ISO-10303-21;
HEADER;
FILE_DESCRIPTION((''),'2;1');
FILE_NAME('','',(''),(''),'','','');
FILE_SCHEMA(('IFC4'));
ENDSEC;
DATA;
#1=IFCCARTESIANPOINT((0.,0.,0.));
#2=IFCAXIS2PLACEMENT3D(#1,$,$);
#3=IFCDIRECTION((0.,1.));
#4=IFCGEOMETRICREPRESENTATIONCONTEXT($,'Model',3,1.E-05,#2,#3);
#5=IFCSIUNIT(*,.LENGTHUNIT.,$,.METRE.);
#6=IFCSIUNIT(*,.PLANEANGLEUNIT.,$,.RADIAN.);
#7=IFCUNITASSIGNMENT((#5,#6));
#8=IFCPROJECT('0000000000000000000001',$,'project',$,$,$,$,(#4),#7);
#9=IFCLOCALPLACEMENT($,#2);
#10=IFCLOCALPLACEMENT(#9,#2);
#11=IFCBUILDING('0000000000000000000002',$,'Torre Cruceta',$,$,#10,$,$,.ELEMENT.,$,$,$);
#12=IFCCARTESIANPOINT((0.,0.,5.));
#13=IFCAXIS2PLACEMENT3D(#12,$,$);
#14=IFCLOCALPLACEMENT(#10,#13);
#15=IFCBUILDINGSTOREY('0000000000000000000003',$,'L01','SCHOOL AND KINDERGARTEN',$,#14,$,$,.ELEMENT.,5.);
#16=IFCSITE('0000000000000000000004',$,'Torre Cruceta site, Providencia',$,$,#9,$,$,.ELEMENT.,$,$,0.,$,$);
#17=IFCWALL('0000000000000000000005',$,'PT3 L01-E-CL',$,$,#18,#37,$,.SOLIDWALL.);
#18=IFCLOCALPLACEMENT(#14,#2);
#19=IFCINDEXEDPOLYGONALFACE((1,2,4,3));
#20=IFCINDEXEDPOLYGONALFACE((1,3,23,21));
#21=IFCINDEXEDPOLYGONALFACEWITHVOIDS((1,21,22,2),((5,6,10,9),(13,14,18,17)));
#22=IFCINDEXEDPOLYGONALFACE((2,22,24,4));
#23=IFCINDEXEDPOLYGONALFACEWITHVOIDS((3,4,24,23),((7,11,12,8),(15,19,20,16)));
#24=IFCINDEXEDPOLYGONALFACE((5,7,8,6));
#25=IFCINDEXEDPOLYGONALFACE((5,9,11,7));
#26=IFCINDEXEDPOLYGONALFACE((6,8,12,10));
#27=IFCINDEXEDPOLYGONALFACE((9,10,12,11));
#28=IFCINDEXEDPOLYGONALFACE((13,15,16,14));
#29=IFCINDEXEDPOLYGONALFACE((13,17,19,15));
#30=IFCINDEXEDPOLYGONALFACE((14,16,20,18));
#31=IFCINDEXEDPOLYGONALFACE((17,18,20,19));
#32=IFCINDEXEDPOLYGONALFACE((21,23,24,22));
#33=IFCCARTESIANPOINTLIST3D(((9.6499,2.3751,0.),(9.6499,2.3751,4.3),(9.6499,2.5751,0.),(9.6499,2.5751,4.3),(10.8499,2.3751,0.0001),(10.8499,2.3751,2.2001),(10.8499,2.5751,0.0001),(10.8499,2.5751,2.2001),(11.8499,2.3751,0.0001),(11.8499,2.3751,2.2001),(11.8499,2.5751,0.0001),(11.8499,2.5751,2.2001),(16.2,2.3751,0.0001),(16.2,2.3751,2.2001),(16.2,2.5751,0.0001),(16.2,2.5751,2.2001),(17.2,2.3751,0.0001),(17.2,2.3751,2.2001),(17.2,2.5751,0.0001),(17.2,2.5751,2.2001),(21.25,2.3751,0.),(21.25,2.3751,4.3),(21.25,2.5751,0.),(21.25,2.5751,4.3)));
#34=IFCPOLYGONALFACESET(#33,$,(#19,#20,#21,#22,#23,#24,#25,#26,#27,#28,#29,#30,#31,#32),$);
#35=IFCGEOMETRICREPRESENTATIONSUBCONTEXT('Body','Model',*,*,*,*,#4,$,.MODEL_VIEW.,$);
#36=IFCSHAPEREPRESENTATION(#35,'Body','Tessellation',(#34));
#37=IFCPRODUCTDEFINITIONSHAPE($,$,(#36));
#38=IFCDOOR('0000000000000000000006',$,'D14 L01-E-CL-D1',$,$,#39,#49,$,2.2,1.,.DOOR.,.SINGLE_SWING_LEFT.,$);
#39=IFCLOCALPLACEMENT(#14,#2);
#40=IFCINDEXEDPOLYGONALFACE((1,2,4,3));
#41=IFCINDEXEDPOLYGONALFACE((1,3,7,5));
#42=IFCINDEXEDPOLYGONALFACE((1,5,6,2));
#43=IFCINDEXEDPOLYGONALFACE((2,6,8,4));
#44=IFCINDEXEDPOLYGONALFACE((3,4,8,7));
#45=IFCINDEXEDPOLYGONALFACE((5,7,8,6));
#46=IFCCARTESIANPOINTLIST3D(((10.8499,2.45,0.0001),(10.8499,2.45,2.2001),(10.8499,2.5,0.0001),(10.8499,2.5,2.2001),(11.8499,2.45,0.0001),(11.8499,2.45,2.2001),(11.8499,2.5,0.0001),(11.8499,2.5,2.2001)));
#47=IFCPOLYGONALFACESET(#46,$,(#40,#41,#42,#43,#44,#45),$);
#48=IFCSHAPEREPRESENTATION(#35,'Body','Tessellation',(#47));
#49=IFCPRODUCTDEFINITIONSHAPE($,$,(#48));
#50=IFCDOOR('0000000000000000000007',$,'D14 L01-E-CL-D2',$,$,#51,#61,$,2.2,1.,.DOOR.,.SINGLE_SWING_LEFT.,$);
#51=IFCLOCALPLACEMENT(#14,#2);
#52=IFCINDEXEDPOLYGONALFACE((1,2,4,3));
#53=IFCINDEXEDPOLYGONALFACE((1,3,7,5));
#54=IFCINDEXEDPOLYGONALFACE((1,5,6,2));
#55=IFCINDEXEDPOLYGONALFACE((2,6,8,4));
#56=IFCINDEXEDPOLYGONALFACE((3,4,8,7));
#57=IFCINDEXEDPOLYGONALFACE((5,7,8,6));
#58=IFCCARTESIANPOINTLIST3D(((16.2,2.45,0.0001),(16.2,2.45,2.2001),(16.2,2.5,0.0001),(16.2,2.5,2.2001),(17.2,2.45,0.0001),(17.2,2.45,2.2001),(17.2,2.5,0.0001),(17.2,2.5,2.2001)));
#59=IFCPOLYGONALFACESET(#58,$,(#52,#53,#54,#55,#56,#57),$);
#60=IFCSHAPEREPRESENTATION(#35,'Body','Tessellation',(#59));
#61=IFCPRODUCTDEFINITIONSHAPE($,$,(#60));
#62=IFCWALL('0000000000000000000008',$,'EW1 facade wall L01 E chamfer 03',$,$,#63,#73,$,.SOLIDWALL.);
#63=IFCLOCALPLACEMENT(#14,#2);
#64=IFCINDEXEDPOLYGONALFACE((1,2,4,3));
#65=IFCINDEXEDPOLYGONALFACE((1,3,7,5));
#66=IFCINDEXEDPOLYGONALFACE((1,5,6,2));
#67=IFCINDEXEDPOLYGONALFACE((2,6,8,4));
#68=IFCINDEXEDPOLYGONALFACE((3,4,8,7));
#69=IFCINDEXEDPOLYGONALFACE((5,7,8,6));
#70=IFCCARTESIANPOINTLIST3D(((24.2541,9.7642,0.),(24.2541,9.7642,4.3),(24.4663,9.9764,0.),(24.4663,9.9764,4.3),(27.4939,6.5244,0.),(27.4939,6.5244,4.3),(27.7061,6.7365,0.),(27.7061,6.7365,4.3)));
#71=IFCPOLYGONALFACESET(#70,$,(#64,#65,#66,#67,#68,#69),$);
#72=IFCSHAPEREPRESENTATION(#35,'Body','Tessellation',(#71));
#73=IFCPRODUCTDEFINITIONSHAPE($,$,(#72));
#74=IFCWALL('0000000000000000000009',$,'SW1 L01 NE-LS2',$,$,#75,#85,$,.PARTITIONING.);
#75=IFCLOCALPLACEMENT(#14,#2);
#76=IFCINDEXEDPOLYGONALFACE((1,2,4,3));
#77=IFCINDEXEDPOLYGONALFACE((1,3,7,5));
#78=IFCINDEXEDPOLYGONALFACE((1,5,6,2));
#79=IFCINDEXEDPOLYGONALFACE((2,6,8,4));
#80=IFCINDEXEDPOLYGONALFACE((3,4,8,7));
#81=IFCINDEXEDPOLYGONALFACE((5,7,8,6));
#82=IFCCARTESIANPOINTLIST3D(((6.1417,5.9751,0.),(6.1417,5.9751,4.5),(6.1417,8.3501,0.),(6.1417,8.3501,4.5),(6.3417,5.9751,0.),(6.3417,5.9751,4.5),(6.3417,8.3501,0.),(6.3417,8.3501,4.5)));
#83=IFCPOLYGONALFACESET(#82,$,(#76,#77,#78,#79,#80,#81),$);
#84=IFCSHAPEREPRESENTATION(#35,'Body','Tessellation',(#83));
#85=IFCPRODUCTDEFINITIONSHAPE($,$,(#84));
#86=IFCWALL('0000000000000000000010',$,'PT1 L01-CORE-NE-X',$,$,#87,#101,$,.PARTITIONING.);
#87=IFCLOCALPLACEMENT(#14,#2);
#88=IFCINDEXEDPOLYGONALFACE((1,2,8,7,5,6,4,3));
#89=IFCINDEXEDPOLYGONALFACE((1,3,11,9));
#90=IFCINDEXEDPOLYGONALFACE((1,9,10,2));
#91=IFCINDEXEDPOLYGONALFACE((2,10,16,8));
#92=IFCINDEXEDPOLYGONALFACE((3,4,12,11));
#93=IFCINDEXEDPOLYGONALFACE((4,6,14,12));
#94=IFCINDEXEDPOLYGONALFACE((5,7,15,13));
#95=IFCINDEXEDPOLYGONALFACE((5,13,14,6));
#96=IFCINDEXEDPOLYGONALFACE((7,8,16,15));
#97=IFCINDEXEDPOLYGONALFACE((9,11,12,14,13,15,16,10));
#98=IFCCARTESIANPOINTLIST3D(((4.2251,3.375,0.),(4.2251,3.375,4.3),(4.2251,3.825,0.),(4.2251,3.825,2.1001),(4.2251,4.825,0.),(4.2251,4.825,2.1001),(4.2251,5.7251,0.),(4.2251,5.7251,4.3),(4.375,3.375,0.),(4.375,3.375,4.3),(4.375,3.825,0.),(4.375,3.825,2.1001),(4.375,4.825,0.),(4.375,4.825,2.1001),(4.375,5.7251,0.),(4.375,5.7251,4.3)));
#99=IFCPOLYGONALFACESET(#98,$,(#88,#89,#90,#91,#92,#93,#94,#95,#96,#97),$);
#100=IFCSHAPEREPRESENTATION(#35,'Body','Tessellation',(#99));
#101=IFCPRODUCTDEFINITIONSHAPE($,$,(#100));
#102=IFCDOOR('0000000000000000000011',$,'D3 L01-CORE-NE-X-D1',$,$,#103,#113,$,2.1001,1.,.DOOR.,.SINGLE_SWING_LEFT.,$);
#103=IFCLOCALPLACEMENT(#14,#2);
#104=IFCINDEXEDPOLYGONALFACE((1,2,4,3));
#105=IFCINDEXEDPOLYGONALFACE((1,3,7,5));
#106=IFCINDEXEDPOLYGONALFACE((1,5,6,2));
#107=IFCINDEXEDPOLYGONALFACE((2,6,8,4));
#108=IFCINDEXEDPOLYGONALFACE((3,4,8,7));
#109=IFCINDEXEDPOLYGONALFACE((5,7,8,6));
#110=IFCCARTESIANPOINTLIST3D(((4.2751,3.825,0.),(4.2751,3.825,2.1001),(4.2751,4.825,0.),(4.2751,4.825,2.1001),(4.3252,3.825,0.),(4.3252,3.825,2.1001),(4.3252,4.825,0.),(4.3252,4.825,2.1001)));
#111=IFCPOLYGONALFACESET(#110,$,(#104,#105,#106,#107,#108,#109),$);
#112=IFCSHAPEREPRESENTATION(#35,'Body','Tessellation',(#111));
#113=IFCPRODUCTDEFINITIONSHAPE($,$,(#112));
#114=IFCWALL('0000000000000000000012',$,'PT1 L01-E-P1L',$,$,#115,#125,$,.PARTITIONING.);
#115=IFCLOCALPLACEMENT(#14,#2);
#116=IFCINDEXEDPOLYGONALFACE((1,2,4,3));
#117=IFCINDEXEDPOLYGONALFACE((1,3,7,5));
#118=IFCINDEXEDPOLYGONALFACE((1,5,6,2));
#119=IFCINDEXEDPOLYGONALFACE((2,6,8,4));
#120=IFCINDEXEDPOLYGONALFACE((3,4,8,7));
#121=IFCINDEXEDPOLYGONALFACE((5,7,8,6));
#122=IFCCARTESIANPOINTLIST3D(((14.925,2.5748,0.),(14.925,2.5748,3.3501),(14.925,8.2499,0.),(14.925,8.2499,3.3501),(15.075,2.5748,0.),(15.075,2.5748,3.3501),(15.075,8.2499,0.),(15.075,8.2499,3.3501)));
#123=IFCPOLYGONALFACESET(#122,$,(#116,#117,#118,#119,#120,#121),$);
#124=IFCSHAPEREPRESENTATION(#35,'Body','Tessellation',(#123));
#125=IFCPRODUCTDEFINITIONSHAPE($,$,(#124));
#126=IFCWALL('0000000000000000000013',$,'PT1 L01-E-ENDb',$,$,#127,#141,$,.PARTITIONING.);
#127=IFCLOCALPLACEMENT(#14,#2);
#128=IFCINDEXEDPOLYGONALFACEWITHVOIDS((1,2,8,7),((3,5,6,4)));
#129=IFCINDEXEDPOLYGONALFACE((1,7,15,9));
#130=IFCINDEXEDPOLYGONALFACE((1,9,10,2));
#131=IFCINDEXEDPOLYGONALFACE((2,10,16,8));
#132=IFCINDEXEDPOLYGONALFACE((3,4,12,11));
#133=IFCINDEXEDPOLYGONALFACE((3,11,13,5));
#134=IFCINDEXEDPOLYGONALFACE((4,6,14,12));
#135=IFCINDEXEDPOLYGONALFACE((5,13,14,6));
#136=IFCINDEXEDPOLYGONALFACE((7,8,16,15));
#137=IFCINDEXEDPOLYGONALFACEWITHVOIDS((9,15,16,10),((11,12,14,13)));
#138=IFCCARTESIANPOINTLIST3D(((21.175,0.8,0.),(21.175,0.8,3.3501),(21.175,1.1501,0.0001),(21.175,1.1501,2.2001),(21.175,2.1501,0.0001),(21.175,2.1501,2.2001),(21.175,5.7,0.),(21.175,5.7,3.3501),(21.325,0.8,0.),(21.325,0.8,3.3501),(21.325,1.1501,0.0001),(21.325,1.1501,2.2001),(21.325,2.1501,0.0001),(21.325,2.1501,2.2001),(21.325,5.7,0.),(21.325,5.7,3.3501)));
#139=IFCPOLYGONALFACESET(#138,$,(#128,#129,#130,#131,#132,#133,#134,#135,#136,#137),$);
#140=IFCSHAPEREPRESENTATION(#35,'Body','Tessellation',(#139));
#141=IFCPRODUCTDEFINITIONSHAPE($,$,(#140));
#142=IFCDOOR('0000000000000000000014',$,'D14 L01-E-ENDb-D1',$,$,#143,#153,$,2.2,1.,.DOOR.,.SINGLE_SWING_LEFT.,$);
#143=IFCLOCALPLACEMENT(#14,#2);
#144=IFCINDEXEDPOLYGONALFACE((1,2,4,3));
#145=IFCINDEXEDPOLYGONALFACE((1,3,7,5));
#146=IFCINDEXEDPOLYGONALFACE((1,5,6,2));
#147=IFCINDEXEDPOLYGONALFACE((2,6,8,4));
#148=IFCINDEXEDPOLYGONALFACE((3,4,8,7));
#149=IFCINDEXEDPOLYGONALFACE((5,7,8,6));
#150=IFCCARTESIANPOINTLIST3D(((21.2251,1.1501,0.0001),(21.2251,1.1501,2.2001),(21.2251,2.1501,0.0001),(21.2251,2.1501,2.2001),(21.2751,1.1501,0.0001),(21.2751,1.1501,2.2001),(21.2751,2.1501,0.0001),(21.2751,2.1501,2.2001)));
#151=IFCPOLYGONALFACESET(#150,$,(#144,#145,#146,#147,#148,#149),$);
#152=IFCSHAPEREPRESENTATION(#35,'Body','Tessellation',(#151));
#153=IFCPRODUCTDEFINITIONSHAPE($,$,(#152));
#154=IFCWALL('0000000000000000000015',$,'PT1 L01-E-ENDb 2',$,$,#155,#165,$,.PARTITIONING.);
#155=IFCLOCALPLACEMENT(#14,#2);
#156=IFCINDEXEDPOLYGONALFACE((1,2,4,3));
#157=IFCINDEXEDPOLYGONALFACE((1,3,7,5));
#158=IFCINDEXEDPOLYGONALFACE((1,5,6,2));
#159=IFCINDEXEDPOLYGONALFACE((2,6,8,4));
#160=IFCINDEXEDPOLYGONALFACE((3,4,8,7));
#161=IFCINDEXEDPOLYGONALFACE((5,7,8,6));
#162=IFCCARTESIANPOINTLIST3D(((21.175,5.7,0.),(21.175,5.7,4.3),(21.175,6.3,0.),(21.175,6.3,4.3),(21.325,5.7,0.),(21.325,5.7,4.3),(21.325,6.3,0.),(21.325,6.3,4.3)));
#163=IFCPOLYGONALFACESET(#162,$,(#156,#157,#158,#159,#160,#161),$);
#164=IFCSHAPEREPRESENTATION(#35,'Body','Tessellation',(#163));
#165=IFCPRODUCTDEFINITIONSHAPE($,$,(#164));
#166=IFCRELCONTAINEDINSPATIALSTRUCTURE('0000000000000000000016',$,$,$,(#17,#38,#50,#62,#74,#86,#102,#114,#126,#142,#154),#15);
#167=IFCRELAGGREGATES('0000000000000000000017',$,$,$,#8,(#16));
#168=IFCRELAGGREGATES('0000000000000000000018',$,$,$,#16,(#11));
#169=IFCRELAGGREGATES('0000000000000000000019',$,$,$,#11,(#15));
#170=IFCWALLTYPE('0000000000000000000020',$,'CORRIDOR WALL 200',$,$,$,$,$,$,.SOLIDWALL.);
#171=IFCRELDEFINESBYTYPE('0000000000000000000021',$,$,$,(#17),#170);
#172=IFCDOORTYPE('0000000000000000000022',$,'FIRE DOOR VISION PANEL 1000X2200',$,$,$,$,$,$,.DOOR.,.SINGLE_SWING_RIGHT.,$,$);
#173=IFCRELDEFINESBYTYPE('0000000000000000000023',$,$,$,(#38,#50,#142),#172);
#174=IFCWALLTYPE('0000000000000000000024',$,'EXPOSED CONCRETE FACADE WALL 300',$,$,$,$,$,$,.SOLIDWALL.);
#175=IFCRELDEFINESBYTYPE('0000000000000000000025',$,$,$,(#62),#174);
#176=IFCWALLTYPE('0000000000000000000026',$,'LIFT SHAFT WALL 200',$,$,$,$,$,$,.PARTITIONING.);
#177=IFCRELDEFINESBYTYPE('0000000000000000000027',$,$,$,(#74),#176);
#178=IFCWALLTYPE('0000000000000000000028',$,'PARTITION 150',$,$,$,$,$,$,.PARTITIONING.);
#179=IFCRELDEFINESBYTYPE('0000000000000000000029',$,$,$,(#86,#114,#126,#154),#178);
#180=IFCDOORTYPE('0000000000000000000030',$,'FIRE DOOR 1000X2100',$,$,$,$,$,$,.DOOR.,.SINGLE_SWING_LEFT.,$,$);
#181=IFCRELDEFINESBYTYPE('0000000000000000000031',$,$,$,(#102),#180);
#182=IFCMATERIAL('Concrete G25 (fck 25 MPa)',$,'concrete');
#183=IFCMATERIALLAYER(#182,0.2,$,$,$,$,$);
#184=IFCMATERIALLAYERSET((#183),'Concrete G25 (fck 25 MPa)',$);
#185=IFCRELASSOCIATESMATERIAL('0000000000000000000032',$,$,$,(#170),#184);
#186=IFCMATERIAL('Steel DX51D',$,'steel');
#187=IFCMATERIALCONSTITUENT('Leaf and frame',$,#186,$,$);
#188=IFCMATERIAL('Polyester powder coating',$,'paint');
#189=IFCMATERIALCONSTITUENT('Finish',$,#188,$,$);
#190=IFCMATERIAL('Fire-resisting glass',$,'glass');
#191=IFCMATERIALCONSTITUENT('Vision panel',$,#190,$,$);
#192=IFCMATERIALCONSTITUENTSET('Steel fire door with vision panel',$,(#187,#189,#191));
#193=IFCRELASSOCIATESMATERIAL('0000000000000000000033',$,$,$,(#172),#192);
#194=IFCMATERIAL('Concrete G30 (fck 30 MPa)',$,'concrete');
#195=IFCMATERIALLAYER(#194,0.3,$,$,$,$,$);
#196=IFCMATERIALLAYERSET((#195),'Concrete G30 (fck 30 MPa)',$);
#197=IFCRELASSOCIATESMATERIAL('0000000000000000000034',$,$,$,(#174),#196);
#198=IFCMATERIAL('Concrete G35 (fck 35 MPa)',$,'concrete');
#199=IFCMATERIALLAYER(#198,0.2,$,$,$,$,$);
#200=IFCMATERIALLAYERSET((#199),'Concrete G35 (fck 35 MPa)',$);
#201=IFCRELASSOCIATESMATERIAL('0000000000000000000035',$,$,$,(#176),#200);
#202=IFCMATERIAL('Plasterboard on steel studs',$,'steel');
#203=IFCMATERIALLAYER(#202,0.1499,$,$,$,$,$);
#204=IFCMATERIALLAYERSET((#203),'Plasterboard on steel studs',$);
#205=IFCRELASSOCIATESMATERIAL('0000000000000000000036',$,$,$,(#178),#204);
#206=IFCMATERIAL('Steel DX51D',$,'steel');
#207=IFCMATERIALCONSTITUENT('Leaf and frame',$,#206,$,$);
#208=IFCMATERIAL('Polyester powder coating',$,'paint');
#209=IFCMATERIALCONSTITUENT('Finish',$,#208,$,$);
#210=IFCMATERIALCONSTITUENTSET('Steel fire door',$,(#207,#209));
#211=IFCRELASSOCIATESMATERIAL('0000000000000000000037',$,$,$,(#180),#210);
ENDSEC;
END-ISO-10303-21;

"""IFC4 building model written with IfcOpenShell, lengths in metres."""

from ifc_helpers import new_model, si_unit, direction, frame, frame_2d, origin, place, context, subcontext, project, spatial, rectangle, extrude, material, layer, layer_set, constituent, constituent_set, type_object, element, fill, save


model = new_model("IFC4")

# Units and contexts
model_context = context("Model", 3, precision=1e-05, world=origin(), true_north=direction((0.0, 1.0)))
body_context = subcontext(model_context, "Body", "Model", "MODEL_VIEW")
ifc_project = project(units=[si_unit("LENGTHUNIT", "METRE"), si_unit("PLANEANGLEUNIT", "RADIAN")], contexts=[model_context])

# Site, building, storey
site_placement = place(None, origin())
site = spatial("IfcSite", under=ifc_project, at=site_placement, Name="Torre Cruceta site, Providencia", CompositionType="ELEMENT", RefElevation=0.0)
building_placement = place(site_placement, origin())
building = spatial("IfcBuilding", under=site, at=building_placement, Name="Torre Cruceta", CompositionType="ELEMENT")
storey_placement = place(building_placement, frame((0.0, 0.0, 5.0)))
storey = spatial("IfcBuildingStorey", under=building, at=storey_placement, Name="L01", Description="SCHOOL AND KINDERGARTEN", CompositionType="ELEMENT", Elevation=5.0)

# Wall, openings, doors
ifc_material_1 = material(Name="Concrete G25 (fck 25 MPa)", Category="concrete")
ifc_layer_1 = layer(ifc_material_1, 0.2)
ifc_layer_set_1 = layer_set([ifc_layer_1], Name="Concrete G25 (fck 25 MPa)")
wall_type_1 = type_object("IfcWallType", Name="CORRIDOR WALL 200", PredefinedType="SOLIDWALL", material=ifc_layer_set_1)
wall_1_placement = place(storey_placement, frame((9.6499, 2.4751, 0.0), z_axis=(0.0, 0.0, 1.0), x_axis=(1.0, 0.0, 0.0)))
wall_1 = element("IfcWall", 1, at=wall_1_placement, inside=storey, type_object=wall_type_1, Name="PT3 L01-E-CL", PredefinedType="SOLIDWALL", context=body_context, shape_type="SweptSolid", body=[
    extrude(rectangle(XDim=11.6001, YDim=0.2, at=frame_2d((5.8, 0.0))), origin(), (0.0, 0.0, 1.0), 4.3),
])
opening_1_placement = place(wall_1_placement, frame((1.2, 0.0, 0.0)))
opening_1 = element("IfcOpeningElement", 2, at=opening_1_placement, cuts=wall_1, PredefinedType="OPENING", context=body_context, shape_type="SweptSolid", body=[
    extrude(rectangle(XDim=1.0, YDim=2.2, at=frame_2d((0.5, 1.1001))), frame((0.0, 0.1099, 0.0), z_axis=(0.0, -1.0, 0.0), x_axis=(1.0, 0.0, 0.0)), (0.0, 0.0, 1.0), 0.22),
])
opening_2_placement = place(wall_1_placement, frame((6.55, 0.0, 0.0)))
opening_2 = element("IfcOpeningElement", 3, at=opening_2_placement, cuts=wall_1, PredefinedType="OPENING", context=body_context, shape_type="SweptSolid", body=[
    extrude(rectangle(XDim=1.0, YDim=2.2, at=frame_2d((0.5, 1.1001))), frame((0.0, 0.1099, 0.0), z_axis=(0.0, -1.0, 0.0), x_axis=(1.0, 0.0, 0.0)), (0.0, 0.0, 1.0), 0.22),
])
ifc_material_2 = material(Name="Steel DX51D", Category="steel")
ifc_constituent_1 = constituent(ifc_material_2, Name="Leaf and frame")
ifc_material_3 = material(Name="Polyester powder coating", Category="paint")
ifc_constituent_2 = constituent(ifc_material_3, Name="Finish")
ifc_material_4 = material(Name="Fire-resisting glass", Category="glass")
ifc_constituent_3 = constituent(ifc_material_4, Name="Vision panel")
ifc_constituent_set_1 = constituent_set(constituents=[ifc_constituent_1, ifc_constituent_2, ifc_constituent_3], Name="Steel fire door with vision panel")
door_type_1 = type_object("IfcDoorType", Name="FIRE DOOR VISION PANEL 1000X2200", OperationType="SINGLE_SWING_RIGHT", PredefinedType="DOOR", material=ifc_constituent_set_1)
door_1_placement = place(opening_1_placement, origin())
door_1 = element("IfcDoor", 4, at=door_1_placement, inside=storey, type_object=door_type_1, Name="D14 L01-E-CL-D1", OperationType="SINGLE_SWING_LEFT", OverallHeight=2.2, OverallWidth=1.0, PredefinedType="DOOR", context=body_context, shape_type="SweptSolid", body=[
    extrude(rectangle(XDim=1.0, YDim=2.2, at=frame_2d((0.5, 1.1001))), frame((0.0, 0.0249, 0.0), z_axis=(0.0, -1.0, 0.0), x_axis=(1.0, 0.0, 0.0)), (0.0, 0.0, 1.0), 0.05),
])
fill(opening_1, door_1)
door_2_placement = place(opening_2_placement, origin())
door_2 = element("IfcDoor", 5, at=door_2_placement, inside=storey, type_object=door_type_1, Name="D14 L01-E-CL-D2", OperationType="SINGLE_SWING_LEFT", OverallHeight=2.2, OverallWidth=1.0, PredefinedType="DOOR", context=body_context, shape_type="SweptSolid", body=[
    extrude(rectangle(XDim=1.0, YDim=2.2, at=frame_2d((0.5, 1.1001))), frame((0.0, 0.0249, 0.0), z_axis=(0.0, -1.0, 0.0), x_axis=(1.0, 0.0, 0.0)), (0.0, 0.0, 1.0), 0.05),
])
fill(opening_2, door_2)

# Walls
ifc_material_5 = material(Name="Concrete G30 (fck 30 MPa)", Category="concrete")
ifc_layer_2 = layer(ifc_material_5, 0.3)
ifc_layer_set_2 = layer_set([ifc_layer_2], Name="Concrete G30 (fck 30 MPa)")
wall_type_2 = type_object("IfcWallType", Name="EXPOSED CONCRETE FACADE WALL 300", PredefinedType="SOLIDWALL", material=ifc_layer_set_2)
wall_2_placement = place(storey_placement, frame((27.6001, 6.6304, 0.0), z_axis=(0.0, 0.0, 1.0), x_axis=(-0.707107, 0.707107, 0.0)))
element("IfcWall", 6, at=wall_2_placement, inside=storey, type_object=wall_type_2, Name="EW1 facade wall L01 E chamfer 03", PredefinedType="SOLIDWALL", context=body_context, shape_type="SweptSolid", body=[
    extrude(rectangle(XDim=4.5818, YDim=0.3, at=frame_2d((2.291, 0.0))), origin(), (0.0, 0.0, 1.0), 4.3),
])
ifc_material_6 = material(Name="Concrete G35 (fck 35 MPa)", Category="concrete")
ifc_layer_3 = layer(ifc_material_6, 0.2)
ifc_layer_set_3 = layer_set([ifc_layer_3], Name="Concrete G35 (fck 35 MPa)")
wall_type_3 = type_object("IfcWallType", Name="LIFT SHAFT WALL 200", PredefinedType="PARTITIONING", material=ifc_layer_set_3)
wall_3_placement = place(storey_placement, frame((6.2417, 5.9751, 0.0), z_axis=(0.0, 0.0, 1.0), x_axis=(0.0, 1.0, 0.0)))
element("IfcWall", 7, at=wall_3_placement, inside=storey, type_object=wall_type_3, Name="SW1 L01 NE-LS2", PredefinedType="PARTITIONING", context=body_context, shape_type="SweptSolid", body=[
    extrude(rectangle(XDim=2.375, YDim=0.2, at=frame_2d((1.1875, 0.0))), origin(), (0.0, 0.0, 1.0), 4.5),
])

# Wall, opening, door
ifc_material_7 = material(Name="Plasterboard on steel studs", Category="steel")
ifc_layer_4 = layer(ifc_material_7, 0.1499)
ifc_layer_set_4 = layer_set([ifc_layer_4], Name="Plasterboard on steel studs")
wall_type_4 = type_object("IfcWallType", Name="PARTITION 150", PredefinedType="PARTITIONING", material=ifc_layer_set_4)
wall_4_placement = place(storey_placement, frame((4.3, 3.375, 0.0), z_axis=(0.0, 0.0, 1.0), x_axis=(0.0, 1.0, 0.0)))
wall_4 = element("IfcWall", 8, at=wall_4_placement, inside=storey, type_object=wall_type_4, Name="PT1 L01-CORE-NE-X", PredefinedType="PARTITIONING", context=body_context, shape_type="SweptSolid", body=[
    extrude(rectangle(XDim=2.3501, YDim=0.1499, at=frame_2d((1.175, 0.0))), origin(), (0.0, 0.0, 1.0), 4.3),
])
opening_3_placement = place(wall_4_placement, frame((0.45, 0.0, 0.0)))
opening_3 = element("IfcOpeningElement", 9, at=opening_3_placement, cuts=wall_4, PredefinedType="OPENING", context=body_context, shape_type="SweptSolid", body=[
    extrude(rectangle(XDim=1.0, YDim=2.1001, at=frame_2d((0.5, 1.05))), frame((0.0, 0.085, 0.0), z_axis=(0.0, -1.0, 0.0), x_axis=(1.0, 0.0, 0.0)), (0.0, 0.0, 1.0), 0.1699),
])
ifc_material_8 = material(Name="Steel DX51D", Category="steel")
ifc_constituent_4 = constituent(ifc_material_8, Name="Leaf and frame")
ifc_material_9 = material(Name="Polyester powder coating", Category="paint")
ifc_constituent_5 = constituent(ifc_material_9, Name="Finish")
ifc_constituent_set_2 = constituent_set(constituents=[ifc_constituent_4, ifc_constituent_5], Name="Steel fire door")
door_type_2 = type_object("IfcDoorType", Name="FIRE DOOR 1000X2100", OperationType="SINGLE_SWING_LEFT", PredefinedType="DOOR", material=ifc_constituent_set_2)
door_3_placement = place(opening_3_placement, origin())
door_3 = element("IfcDoor", 10, at=door_3_placement, inside=storey, type_object=door_type_2, Name="D3 L01-CORE-NE-X-D1", OperationType="SINGLE_SWING_LEFT", OverallHeight=2.1001, OverallWidth=1.0, PredefinedType="DOOR", context=body_context, shape_type="SweptSolid", body=[
    extrude(rectangle(XDim=1.0, YDim=2.1001, at=frame_2d((0.5, 1.05))), frame((0.0, 0.0249, 0.0), z_axis=(0.0, -1.0, 0.0), x_axis=(1.0, 0.0, 0.0)), (0.0, 0.0, 1.0), 0.05),
])
fill(opening_3, door_3)

# Wall
wall_5_placement = place(storey_placement, frame((15.0, 2.575, 0.0), z_axis=(0.0, 0.0, 1.0), x_axis=(0.0, 1.0, 0.0)))
element("IfcWall", 11, at=wall_5_placement, inside=storey, type_object=wall_type_4, Name="PT1 L01-E-P1L", PredefinedType="PARTITIONING", context=body_context, shape_type="SweptSolid", body=[
    extrude(rectangle(XDim=5.675, YDim=0.1499, at=frame_2d((2.8374, 0.0))), origin(), (0.0, 0.0, 1.0), 3.3501),
])

# Wall, opening, door
wall_6_placement = place(storey_placement, frame((21.25, 0.8, 0.0), z_axis=(0.0, 0.0, 1.0), x_axis=(0.0, 1.0, 0.0)))
wall_6 = element("IfcWall", 12, at=wall_6_placement, inside=storey, type_object=wall_type_4, Name="PT1 L01-E-ENDb", PredefinedType="PARTITIONING", context=body_context, shape_type="SweptSolid", body=[
    extrude(rectangle(XDim=4.8999, YDim=0.1499, at=frame_2d((2.45, 0.0))), origin(), (0.0, 0.0, 1.0), 3.3501),
])
opening_4_placement = place(wall_6_placement, frame((0.3501, 0.0, 0.0)))
opening_4 = element("IfcOpeningElement", 13, at=opening_4_placement, cuts=wall_6, PredefinedType="OPENING", context=body_context, shape_type="SweptSolid", body=[
    extrude(rectangle(XDim=1.0, YDim=2.2, at=frame_2d((0.5, 1.1001))), frame((0.0, 0.085, 0.0), z_axis=(0.0, -1.0, 0.0), x_axis=(1.0, 0.0, 0.0)), (0.0, 0.0, 1.0), 0.1699),
])
door_4_placement = place(opening_4_placement, frame((1.0, 0.0, 0.0), z_axis=(0.0, 0.0, 1.0), x_axis=(-1.0, 0.0, 0.0)))
door_4 = element("IfcDoor", 14, at=door_4_placement, inside=storey, type_object=door_type_1, Name="D14 L01-E-ENDb-D1", OperationType="SINGLE_SWING_LEFT", OverallHeight=2.2, OverallWidth=1.0, PredefinedType="DOOR", context=body_context, shape_type="SweptSolid", body=[
    extrude(rectangle(XDim=1.0, YDim=2.2, at=frame_2d((0.5, 1.1001))), frame((0.0, 0.0251, 0.0), z_axis=(0.0, -1.0, 0.0), x_axis=(1.0, 0.0, 0.0)), (0.0, 0.0, 1.0), 0.05),
])
fill(opening_4, door_4)

# Wall
wall_7_placement = place(storey_placement, frame((21.25, 5.7, 0.0), z_axis=(0.0, 0.0, 1.0), x_axis=(0.0, 1.0, 0.0)))
element("IfcWall", 15, at=wall_7_placement, inside=storey, type_object=wall_type_4, Name="PT1 L01-E-ENDb 2", PredefinedType="PARTITIONING", context=body_context, shape_type="SweptSolid", body=[
    extrude(rectangle(XDim=0.6001, YDim=0.1499, at=frame_2d((0.3, 0.0))), origin(), (0.0, 0.0, 1.0), 4.3),
])

save(model, "model.ifc")
